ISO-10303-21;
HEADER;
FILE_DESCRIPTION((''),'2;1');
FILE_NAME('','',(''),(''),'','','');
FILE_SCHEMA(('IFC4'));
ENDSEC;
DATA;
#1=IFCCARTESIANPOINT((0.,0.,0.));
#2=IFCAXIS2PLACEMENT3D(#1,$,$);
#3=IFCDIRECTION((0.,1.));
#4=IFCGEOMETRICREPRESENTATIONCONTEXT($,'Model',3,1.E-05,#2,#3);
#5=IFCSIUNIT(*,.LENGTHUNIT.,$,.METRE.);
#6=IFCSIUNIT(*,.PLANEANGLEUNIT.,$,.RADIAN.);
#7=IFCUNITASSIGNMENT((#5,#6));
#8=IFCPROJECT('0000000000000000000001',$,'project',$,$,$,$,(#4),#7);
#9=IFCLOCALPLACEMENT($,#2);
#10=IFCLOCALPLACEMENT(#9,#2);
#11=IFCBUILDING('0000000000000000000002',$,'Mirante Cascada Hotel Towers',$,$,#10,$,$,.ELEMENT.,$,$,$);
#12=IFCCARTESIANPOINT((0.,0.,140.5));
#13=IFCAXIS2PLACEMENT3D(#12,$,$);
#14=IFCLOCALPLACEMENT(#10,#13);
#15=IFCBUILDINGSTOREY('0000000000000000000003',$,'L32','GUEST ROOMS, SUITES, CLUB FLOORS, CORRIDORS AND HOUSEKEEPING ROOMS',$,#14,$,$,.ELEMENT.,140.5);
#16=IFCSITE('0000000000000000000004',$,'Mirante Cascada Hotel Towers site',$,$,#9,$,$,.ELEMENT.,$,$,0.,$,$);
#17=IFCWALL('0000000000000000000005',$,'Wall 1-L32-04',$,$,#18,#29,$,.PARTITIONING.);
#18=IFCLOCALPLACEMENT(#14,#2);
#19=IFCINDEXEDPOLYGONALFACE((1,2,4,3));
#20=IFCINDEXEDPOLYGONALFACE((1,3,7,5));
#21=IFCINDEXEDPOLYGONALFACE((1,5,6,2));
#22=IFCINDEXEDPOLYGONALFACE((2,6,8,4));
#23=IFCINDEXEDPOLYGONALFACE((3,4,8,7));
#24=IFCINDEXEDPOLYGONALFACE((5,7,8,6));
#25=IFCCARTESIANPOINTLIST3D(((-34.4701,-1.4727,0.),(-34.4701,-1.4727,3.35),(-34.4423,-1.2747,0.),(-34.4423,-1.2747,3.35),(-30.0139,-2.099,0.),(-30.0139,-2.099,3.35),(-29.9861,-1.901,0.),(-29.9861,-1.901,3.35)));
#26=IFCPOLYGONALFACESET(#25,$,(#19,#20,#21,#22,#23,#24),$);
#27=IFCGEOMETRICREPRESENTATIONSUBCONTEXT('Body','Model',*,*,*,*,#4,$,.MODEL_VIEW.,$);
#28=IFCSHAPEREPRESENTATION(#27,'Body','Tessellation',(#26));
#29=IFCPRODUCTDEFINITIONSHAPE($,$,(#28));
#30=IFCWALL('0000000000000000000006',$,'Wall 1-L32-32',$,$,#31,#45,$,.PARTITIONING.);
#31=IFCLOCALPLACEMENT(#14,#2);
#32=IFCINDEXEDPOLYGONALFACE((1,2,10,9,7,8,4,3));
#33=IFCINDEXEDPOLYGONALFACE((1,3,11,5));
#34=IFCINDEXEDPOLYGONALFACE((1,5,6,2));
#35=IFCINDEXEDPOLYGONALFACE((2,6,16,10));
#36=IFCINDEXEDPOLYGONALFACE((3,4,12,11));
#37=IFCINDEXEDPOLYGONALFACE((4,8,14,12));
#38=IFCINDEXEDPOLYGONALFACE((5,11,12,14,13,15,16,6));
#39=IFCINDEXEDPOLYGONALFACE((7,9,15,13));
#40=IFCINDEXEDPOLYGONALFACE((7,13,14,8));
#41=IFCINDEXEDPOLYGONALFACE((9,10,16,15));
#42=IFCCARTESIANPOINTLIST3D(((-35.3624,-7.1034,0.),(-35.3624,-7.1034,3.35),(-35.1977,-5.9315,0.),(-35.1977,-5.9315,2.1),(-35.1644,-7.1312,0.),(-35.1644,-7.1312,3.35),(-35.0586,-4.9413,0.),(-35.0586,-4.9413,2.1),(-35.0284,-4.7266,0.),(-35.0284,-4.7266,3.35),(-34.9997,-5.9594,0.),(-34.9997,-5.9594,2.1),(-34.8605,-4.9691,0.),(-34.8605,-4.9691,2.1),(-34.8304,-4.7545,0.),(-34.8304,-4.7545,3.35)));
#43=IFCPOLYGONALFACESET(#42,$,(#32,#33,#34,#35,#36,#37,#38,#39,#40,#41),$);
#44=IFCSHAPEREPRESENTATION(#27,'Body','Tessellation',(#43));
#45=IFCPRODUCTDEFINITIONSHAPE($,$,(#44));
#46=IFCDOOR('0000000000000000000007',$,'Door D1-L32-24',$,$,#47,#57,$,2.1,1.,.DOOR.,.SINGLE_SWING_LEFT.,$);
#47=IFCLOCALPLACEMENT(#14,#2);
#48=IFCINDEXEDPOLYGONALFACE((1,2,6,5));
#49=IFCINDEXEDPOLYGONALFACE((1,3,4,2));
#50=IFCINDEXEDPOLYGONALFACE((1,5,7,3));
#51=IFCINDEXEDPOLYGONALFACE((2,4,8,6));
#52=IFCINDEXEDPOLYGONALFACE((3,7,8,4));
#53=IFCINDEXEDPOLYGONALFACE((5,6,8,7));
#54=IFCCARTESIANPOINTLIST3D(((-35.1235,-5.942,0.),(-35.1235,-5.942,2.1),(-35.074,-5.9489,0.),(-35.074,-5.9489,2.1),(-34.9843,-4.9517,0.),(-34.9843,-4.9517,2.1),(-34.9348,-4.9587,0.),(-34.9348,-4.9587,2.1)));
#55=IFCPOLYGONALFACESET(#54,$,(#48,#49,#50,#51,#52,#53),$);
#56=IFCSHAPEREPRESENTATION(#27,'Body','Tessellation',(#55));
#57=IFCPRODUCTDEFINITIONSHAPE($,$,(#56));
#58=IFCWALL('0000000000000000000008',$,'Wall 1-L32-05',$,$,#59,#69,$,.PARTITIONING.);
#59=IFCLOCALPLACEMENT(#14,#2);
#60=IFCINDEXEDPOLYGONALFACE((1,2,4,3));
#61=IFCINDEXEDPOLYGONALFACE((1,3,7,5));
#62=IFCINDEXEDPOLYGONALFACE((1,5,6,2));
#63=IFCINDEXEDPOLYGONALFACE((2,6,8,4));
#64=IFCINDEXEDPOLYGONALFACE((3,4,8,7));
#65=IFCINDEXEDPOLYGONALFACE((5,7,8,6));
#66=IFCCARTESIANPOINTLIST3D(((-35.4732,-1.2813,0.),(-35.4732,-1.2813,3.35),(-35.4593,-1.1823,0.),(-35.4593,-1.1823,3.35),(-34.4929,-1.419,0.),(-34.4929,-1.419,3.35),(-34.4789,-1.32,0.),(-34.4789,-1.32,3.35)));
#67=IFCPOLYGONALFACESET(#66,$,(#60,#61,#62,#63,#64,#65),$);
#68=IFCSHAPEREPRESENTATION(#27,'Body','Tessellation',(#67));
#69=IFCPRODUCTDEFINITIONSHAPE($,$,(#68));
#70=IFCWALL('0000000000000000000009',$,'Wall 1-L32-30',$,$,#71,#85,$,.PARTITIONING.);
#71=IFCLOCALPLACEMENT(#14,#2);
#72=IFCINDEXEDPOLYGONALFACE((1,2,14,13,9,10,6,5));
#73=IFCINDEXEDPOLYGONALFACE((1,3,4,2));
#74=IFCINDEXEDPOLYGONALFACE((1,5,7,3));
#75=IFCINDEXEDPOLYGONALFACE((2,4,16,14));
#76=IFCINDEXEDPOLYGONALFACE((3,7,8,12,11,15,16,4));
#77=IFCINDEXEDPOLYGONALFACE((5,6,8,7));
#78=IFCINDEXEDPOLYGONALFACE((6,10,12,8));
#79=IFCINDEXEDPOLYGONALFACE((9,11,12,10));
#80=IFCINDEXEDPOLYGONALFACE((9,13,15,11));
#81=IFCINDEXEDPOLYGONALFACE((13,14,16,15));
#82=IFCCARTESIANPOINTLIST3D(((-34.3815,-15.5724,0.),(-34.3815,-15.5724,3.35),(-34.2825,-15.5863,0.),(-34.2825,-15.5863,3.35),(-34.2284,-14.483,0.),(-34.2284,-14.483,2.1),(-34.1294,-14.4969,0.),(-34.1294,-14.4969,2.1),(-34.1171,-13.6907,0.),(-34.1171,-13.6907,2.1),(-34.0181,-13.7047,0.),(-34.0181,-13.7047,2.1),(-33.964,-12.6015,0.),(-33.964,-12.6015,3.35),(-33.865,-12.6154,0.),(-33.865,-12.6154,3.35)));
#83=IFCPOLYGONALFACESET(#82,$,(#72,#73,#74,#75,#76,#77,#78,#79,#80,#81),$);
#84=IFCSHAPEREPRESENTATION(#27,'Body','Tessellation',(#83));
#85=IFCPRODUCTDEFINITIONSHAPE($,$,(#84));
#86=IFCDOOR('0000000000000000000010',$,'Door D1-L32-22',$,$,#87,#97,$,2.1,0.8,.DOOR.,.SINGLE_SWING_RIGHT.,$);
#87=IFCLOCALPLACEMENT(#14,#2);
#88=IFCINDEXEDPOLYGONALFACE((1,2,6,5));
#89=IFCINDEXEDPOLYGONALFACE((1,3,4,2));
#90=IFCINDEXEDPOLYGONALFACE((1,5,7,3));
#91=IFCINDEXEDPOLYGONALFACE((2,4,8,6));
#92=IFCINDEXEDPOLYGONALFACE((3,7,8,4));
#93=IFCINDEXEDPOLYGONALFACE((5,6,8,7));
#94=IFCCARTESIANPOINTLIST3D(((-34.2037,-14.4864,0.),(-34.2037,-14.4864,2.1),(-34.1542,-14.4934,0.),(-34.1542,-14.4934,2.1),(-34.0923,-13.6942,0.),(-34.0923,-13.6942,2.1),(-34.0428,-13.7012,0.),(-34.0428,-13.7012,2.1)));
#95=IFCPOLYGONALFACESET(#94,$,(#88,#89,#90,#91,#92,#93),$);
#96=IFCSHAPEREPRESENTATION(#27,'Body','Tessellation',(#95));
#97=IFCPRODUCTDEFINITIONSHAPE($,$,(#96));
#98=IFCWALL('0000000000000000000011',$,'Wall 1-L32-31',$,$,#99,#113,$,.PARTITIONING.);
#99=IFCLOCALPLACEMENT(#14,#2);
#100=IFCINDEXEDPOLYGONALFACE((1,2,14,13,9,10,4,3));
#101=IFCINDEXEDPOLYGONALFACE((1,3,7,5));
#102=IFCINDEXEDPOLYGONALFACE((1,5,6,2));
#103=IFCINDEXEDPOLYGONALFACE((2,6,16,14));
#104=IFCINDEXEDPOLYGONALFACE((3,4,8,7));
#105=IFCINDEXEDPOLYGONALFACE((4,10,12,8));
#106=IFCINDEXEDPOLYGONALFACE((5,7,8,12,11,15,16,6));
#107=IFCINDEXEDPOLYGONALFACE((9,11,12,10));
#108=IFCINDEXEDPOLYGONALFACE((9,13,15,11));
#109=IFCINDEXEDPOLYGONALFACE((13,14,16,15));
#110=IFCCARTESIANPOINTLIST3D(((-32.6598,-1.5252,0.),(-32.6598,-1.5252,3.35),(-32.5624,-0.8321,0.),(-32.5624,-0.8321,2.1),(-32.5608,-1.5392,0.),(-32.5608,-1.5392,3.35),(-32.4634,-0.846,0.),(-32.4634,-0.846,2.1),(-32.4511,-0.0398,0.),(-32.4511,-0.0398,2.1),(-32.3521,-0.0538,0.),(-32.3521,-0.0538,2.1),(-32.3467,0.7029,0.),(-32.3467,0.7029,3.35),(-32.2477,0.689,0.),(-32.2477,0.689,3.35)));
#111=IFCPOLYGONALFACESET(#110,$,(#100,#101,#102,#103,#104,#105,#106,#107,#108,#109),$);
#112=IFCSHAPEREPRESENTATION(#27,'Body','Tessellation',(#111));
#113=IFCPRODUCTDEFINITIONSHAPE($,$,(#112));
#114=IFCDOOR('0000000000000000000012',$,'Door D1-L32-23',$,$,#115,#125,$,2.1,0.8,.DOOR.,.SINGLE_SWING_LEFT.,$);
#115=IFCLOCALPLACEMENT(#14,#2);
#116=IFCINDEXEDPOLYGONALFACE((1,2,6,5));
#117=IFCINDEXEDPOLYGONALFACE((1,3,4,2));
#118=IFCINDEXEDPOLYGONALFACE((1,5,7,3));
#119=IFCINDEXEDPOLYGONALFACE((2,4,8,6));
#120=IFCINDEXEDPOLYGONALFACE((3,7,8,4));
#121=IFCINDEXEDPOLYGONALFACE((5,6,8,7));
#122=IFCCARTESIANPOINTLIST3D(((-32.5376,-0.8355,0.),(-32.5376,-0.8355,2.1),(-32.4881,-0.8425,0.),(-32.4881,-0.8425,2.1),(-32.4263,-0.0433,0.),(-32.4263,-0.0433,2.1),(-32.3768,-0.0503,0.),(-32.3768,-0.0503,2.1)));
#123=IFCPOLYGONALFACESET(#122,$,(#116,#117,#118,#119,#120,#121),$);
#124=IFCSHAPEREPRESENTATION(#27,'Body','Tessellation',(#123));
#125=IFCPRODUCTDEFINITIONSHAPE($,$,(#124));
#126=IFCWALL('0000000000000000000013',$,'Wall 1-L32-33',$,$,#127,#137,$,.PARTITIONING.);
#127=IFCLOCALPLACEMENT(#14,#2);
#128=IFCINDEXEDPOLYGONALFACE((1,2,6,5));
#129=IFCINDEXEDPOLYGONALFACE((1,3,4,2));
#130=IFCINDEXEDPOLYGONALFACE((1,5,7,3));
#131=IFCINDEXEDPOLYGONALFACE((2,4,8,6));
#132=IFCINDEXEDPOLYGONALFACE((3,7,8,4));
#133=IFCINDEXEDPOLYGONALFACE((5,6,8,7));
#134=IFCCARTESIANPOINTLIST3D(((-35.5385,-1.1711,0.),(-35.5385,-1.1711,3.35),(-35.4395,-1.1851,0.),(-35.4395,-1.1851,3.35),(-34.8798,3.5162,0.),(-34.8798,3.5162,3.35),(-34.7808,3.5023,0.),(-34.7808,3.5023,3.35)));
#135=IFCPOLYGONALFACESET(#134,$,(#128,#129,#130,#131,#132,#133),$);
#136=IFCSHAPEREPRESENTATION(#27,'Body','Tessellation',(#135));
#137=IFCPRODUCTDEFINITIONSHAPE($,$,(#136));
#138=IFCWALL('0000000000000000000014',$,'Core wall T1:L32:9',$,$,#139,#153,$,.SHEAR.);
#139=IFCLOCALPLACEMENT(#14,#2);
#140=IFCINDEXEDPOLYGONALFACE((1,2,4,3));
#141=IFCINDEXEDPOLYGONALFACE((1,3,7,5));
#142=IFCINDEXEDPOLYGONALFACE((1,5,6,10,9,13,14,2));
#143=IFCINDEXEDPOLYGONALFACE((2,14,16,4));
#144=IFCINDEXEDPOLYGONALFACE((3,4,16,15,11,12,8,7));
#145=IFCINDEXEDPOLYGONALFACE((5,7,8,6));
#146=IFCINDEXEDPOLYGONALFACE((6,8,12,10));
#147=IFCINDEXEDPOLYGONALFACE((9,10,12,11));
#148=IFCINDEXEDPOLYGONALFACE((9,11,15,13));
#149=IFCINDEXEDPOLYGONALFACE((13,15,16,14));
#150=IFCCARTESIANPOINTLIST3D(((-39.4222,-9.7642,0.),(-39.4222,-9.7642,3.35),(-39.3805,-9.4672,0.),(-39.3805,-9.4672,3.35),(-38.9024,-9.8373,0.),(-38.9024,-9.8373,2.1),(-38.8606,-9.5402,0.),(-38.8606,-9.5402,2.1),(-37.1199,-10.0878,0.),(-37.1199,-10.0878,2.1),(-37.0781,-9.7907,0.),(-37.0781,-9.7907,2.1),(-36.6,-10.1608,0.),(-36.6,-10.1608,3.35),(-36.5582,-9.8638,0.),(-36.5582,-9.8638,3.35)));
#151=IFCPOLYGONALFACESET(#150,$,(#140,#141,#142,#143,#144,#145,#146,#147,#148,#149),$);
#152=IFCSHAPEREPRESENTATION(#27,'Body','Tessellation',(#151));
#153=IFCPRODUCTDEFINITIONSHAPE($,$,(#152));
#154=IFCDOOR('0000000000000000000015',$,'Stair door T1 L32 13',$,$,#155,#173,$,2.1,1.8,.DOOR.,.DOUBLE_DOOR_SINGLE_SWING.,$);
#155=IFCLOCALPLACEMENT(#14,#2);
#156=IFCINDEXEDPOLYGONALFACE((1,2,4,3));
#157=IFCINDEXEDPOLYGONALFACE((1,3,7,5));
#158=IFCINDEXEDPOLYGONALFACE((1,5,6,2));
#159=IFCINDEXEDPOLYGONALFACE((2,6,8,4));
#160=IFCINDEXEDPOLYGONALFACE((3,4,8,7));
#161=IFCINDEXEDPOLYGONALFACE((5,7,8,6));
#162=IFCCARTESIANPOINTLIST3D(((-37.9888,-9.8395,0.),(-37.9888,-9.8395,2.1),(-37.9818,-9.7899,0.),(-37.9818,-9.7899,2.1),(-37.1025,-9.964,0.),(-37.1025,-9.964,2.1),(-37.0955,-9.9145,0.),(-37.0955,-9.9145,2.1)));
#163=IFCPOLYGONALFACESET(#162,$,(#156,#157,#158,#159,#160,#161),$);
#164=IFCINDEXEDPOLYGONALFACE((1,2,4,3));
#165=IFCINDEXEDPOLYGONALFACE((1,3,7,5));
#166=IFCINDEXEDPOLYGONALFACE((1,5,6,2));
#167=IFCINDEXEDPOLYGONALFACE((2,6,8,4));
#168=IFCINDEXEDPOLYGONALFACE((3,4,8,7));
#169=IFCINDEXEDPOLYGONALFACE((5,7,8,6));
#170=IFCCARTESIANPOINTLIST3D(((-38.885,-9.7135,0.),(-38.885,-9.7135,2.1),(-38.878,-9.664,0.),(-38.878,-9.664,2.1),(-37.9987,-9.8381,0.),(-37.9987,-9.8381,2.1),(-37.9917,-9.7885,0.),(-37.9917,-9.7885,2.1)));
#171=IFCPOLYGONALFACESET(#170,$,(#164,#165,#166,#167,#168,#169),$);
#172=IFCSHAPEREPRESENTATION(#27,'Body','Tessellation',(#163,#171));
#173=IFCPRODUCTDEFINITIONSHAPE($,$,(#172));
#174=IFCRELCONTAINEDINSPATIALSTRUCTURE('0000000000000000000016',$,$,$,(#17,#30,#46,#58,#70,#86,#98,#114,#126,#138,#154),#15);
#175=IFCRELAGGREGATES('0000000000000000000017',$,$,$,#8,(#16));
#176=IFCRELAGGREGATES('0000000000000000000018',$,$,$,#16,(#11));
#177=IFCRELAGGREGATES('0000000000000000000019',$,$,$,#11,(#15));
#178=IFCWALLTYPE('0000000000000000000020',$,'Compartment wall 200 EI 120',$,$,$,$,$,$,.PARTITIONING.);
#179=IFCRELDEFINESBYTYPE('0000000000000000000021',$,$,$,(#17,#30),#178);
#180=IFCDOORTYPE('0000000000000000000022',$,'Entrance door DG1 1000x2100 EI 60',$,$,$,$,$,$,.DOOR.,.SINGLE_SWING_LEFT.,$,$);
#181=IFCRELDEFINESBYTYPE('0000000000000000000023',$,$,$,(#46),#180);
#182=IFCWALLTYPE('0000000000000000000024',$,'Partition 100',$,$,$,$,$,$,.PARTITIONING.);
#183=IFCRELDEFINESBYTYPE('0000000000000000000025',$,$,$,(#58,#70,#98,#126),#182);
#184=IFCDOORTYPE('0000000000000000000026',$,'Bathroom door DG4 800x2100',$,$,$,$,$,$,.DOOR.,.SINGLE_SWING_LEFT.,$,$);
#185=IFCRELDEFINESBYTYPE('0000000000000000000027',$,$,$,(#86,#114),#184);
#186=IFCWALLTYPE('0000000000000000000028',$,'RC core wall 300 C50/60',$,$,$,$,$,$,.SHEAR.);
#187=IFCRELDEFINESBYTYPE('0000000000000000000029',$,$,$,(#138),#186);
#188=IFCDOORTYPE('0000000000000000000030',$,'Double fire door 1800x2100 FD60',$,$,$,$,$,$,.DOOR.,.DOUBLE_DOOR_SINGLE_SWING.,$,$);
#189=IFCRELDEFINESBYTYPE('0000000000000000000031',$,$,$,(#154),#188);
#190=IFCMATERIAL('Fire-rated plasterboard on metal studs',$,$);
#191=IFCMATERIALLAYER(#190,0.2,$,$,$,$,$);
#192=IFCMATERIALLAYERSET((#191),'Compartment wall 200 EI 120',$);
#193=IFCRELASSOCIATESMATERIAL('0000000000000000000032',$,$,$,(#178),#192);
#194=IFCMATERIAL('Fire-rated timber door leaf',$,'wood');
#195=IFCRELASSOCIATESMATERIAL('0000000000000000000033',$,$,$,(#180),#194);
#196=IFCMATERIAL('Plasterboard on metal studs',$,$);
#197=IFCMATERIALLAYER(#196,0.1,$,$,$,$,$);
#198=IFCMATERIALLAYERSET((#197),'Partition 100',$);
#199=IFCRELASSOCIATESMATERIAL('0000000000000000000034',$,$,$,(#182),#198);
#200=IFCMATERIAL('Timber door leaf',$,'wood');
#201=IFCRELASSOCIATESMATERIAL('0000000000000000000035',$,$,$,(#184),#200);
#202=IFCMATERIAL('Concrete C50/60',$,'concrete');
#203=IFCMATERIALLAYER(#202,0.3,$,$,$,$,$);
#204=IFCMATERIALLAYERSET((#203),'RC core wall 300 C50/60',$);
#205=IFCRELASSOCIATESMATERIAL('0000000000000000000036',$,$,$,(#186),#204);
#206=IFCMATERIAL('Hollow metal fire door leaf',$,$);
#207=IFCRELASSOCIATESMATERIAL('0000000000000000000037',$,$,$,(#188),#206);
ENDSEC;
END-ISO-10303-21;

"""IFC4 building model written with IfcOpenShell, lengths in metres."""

from ifc_helpers import new_model, si_unit, direction, frame, frame_2d, origin, place, context, subcontext, project, spatial, rectangle, extrude, material, layer, layer_set, type_object, element, fill, save


model = new_model("IFC4")

# Units and contexts
model_context = context("Model", 3, precision=1e-05, world=origin(), true_north=direction((0.0, 1.0)))
body_context = subcontext(model_context, "Body", "Model", "MODEL_VIEW")
ifc_project = project(units=[si_unit("LENGTHUNIT", "METRE"), si_unit("PLANEANGLEUNIT", "RADIAN")], contexts=[model_context])

# Site, building, storey
site_placement = place(None, origin())
site = spatial("IfcSite", under=ifc_project, at=site_placement, Name="Mirante Cascada Hotel Towers site", CompositionType="ELEMENT", RefElevation=0.0)
building_placement = place(site_placement, origin())
building = spatial("IfcBuilding", under=site, at=building_placement, Name="Mirante Cascada Hotel Towers", CompositionType="ELEMENT")
storey_placement = place(building_placement, frame((0.0, 0.0, 140.5)))
storey = spatial("IfcBuildingStorey", under=building, at=storey_placement, Name="L32", Description="GUEST ROOMS, SUITES, CLUB FLOORS, CORRIDORS AND HOUSEKEEPING ROOMS", CompositionType="ELEMENT", Elevation=140.5)

# Wall
ifc_material_1 = material(Name="Fire-rated plasterboard on metal studs")
ifc_layer_1 = layer(ifc_material_1, 0.2)
ifc_layer_set_1 = layer_set([ifc_layer_1], Name="Compartment wall 200 EI 120")
wall_type_1 = type_object("IfcWallType", Name="Compartment wall 200 EI 120", PredefinedType="PARTITIONING", material=ifc_layer_set_1)
wall_1_placement = place(storey_placement, frame((-34.4562, -1.3737, 0.0), z_axis=(0.0, 0.0, 1.0), x_axis=(0.990267, -0.139178, 0.0)))
element("IfcWall", 1, at=wall_1_placement, inside=storey, type_object=wall_type_1, Name="Wall 1-L32-04", PredefinedType="PARTITIONING", context=body_context, shape_type="SweptSolid", body=[
    extrude(rectangle(XDim=4.5, YDim=0.2, at=frame_2d((2.25, 0.0))), origin(), (0.0, 0.0, 1.0), 3.35),
])

# Wall, opening, door
wall_2_placement = place(storey_placement, frame((-34.9294, -4.7406, 0.0), z_axis=(0.0, 0.0, 1.0), x_axis=(-0.139163, -0.990269, 0.0)))
wall_2 = element("IfcWall", 2, at=wall_2_placement, inside=storey, type_object=wall_type_1, Name="Wall 1-L32-32", PredefinedType="PARTITIONING", context=body_context, shape_type="SweptSolid", body=[
    extrude(rectangle(XDim=2.4001, YDim=0.2, at=frame_2d((1.2, 0.0))), origin(), (0.0, 0.0, 1.0), 3.35),
])
opening_1_placement = place(wall_2_placement, frame((0.2167, 0.0, 0.0)))
opening_1 = element("IfcOpeningElement", 3, at=opening_1_placement, cuts=wall_2, PredefinedType="OPENING", context=body_context, shape_type="SweptSolid", body=[
    extrude(rectangle(XDim=1.0, YDim=2.1, at=frame_2d((0.5, 1.05))), frame((0.0, 0.1, 0.0), z_axis=(0.0, -1.0, 0.0), x_axis=(1.0, 0.0, 0.0)), (0.0, 0.0, 1.0), 0.2),
])
ifc_material_2 = material(Name="Fire-rated timber door leaf", Category="wood")
door_type_1 = type_object("IfcDoorType", Name="Entrance door DG1 1000x2100 EI 60", OperationType="SINGLE_SWING_LEFT", PredefinedType="DOOR", material=ifc_material_2)
door_1_placement = place(opening_1_placement, origin())
door_1 = element("IfcDoor", 4, at=door_1_placement, inside=storey, type_object=door_type_1, Name="Door D1-L32-24", OperationType="SINGLE_SWING_LEFT", OverallHeight=2.1, OverallWidth=1.0, PredefinedType="DOOR", context=body_context, shape_type="SweptSolid", body=[
    extrude(rectangle(XDim=1.0, YDim=2.1, at=frame_2d((0.5, 1.05))), frame((0.0, 0.025, 0.0), z_axis=(0.0, -1.0, 0.0), x_axis=(1.0, 0.0, 0.0)), (0.0, 0.0, 1.0), 0.05),
])
fill(opening_1, door_1)

# Wall
ifc_material_3 = material(Name="Plasterboard on metal studs")
ifc_layer_2 = layer(ifc_material_3, 0.1)
ifc_layer_set_2 = layer_set([ifc_layer_2], Name="Partition 100")
wall_type_2 = type_object("IfcWallType", Name="Partition 100", PredefinedType="PARTITIONING", material=ifc_layer_set_2)
wall_3_placement = place(storey_placement, frame((-34.4859, -1.3695, 0.0), z_axis=(0.0, 0.0, 1.0), x_axis=(-0.99028, 0.139088, 0.0)))
element("IfcWall", 5, at=wall_3_placement, inside=storey, type_object=wall_type_2, Name="Wall 1-L32-05", PredefinedType="PARTITIONING", context=body_context, shape_type="SweptSolid", body=[
    extrude(rectangle(XDim=0.99, YDim=0.1, at=frame_2d((0.495, 0.0))), origin(), (0.0, 0.0, 1.0), 3.35),
])

# Walls, openings, doors
wall_4_placement = place(storey_placement, frame((-33.9145, -12.6084, 0.0), z_axis=(0.0, 0.0, 1.0), x_axis=(-0.139162, -0.99027, 0.0)))
wall_4 = element("IfcWall", 6, at=wall_4_placement, inside=storey, type_object=wall_type_2, Name="Wall 1-L32-30", PredefinedType="PARTITIONING", context=body_context, shape_type="SweptSolid", body=[
    extrude(rectangle(XDim=3.0001, YDim=0.1, at=frame_2d((1.5001, 0.0))), origin(), (0.0, 0.0, 1.0), 3.35),
])
opening_2_placement = place(wall_4_placement, frame((1.1, 0.0, 0.0)))
opening_2 = element("IfcOpeningElement", 7, at=opening_2_placement, cuts=wall_4, PredefinedType="OPENING", context=body_context, shape_type="SweptSolid", body=[
    extrude(rectangle(XDim=0.8, YDim=2.1, at=frame_2d((0.4, 1.05))), frame((0.0, 0.05, 0.0), z_axis=(0.0, -1.0, 0.0), x_axis=(1.0, 0.0, 0.0)), (0.0, 0.0, 1.0), 0.1),
])
ifc_material_4 = material(Name="Timber door leaf", Category="wood")
door_type_2 = type_object("IfcDoorType", Name="Bathroom door DG4 800x2100", OperationType="SINGLE_SWING_LEFT", PredefinedType="DOOR", material=ifc_material_4)
door_2_placement = place(opening_2_placement, frame((0.8, 0.0, 0.0), z_axis=(0.0, 0.0, 1.0), x_axis=(-1.0, 0.0, 0.0)))
door_2 = element("IfcDoor", 8, at=door_2_placement, inside=storey, type_object=door_type_2, Name="Door D1-L32-22", OperationType="SINGLE_SWING_RIGHT", OverallHeight=2.1, OverallWidth=0.8, PredefinedType="DOOR", context=body_context, shape_type="SweptSolid", body=[
    extrude(rectangle(XDim=0.8, YDim=2.1, at=frame_2d((0.4, 1.05))), frame((0.0, 0.025, 0.0), z_axis=(0.0, -1.0, 0.0), x_axis=(1.0, 0.0, 0.0)), (0.0, 0.0, 1.0), 0.05),
])
fill(opening_2, door_2)
wall_5_placement = place(storey_placement, frame((-32.6103, -1.5322, 0.0), z_axis=(0.0, 0.0, 1.0), x_axis=(0.139156, 0.990271, 0.0)))
wall_5 = element("IfcWall", 9, at=wall_5_placement, inside=storey, type_object=wall_type_2, Name="Wall 1-L32-31", PredefinedType="PARTITIONING", context=body_context, shape_type="SweptSolid", body=[
    extrude(rectangle(XDim=2.25, YDim=0.1, at=frame_2d((1.125, 0.0))), origin(), (0.0, 0.0, 1.0), 3.35),
])
opening_3_placement = place(wall_5_placement, frame((0.7, 0.0, 0.0)))
opening_3 = element("IfcOpeningElement", 10, at=opening_3_placement, cuts=wall_5, PredefinedType="OPENING", context=body_context, shape_type="SweptSolid", body=[
    extrude(rectangle(XDim=0.8, YDim=2.1, at=frame_2d((0.4, 1.05))), frame((0.0, 0.05, 0.0), z_axis=(0.0, -1.0, 0.0), x_axis=(1.0, 0.0, 0.0)), (0.0, 0.0, 1.0), 0.1),
])
door_3_placement = place(opening_3_placement, origin())
door_3 = element("IfcDoor", 11, at=door_3_placement, inside=storey, type_object=door_type_2, Name="Door D1-L32-23", OperationType="SINGLE_SWING_LEFT", OverallHeight=2.1, OverallWidth=0.8, PredefinedType="DOOR", context=body_context, shape_type="SweptSolid", body=[
    extrude(rectangle(XDim=0.8, YDim=2.1, at=frame_2d((0.4, 1.05))), frame((0.0, 0.025, 0.0), z_axis=(0.0, -1.0, 0.0), x_axis=(1.0, 0.0, 0.0)), (0.0, 0.0, 1.0), 0.05),
])
fill(opening_3, door_3)

# Wall
wall_6_placement = place(storey_placement, frame((-35.489, -1.1781, 0.0), z_axis=(0.0, 0.0, 1.0), x_axis=(0.139161, 0.99027, 0.0)))
element("IfcWall", 12, at=wall_6_placement, inside=storey, type_object=wall_type_2, Name="Wall 1-L32-33", PredefinedType="PARTITIONING", context=body_context, shape_type="SweptSolid", body=[
    extrude(rectangle(XDim=4.7334, YDim=0.1, at=frame_2d((2.3667, 0.0))), origin(), (0.0, 0.0, 1.0), 3.35),
])

# Wall, opening, door
ifc_material_5 = material(Name="Concrete C50/60", Category="concrete")
ifc_layer_3 = layer(ifc_material_5, 0.3)
ifc_layer_set_3 = layer_set([ifc_layer_3], Name="RC core wall 300 C50/60")
wall_type_3 = type_object("IfcWallType", Name="RC core wall 300 C50/60", PredefinedType="SHEAR", material=ifc_layer_set_3)
wall_7_placement = place(storey_placement, frame((-36.5791, -10.0123, 0.0), z_axis=(0.0, 0.0, 1.0), x_axis=(-0.99027, 0.139156, 0.0)))
wall_7 = element("IfcWall", 13, at=wall_7_placement, inside=storey, type_object=wall_type_3, Name="Core wall T1:L32:9", PredefinedType="SHEAR", context=body_context, shape_type="SweptSolid", body=[
    extrude(rectangle(XDim=2.85, YDim=0.3, at=frame_2d((1.425, 0.0))), origin(), (0.0, 0.0, 1.0), 3.35),
])
opening_4_placement = place(wall_7_placement, frame((0.525, 0.0, 0.0)))
opening_4 = element("IfcOpeningElement", 14, at=opening_4_placement, cuts=wall_7, PredefinedType="OPENING", context=body_context, shape_type="SweptSolid", body=[
    extrude(rectangle(XDim=1.8, YDim=2.1, at=frame_2d((0.9, 1.05))), frame((0.0, 0.15, 0.0), z_axis=(0.0, -1.0, 0.0), x_axis=(1.0, 0.0, 0.0)), (0.0, 0.0, 1.0), 0.3),
])
ifc_material_6 = material(Name="Hollow metal fire door leaf")
door_type_3 = type_object("IfcDoorType", Name="Double fire door 1800x2100 FD60", OperationType="DOUBLE_DOOR_SINGLE_SWING", PredefinedType="DOOR", material=ifc_material_6)
door_4_placement = place(opening_4_placement, origin())
door_4 = element("IfcDoor", 15, at=door_4_placement, inside=storey, type_object=door_type_3, Name="Stair door T1 L32 13", OperationType="DOUBLE_DOOR_SINGLE_SWING", OverallHeight=2.1, OverallWidth=1.8, PredefinedType="DOOR", context=body_context, shape_type="SweptSolid", body=[
    extrude(rectangle(XDim=0.895, YDim=2.1, at=frame_2d((0.4475, 1.05))), frame((0.0, 0.025, 0.0), z_axis=(0.0, -1.0, 0.0), x_axis=(1.0, 0.0, 0.0)), (0.0, 0.0, 1.0), 0.05),
    extrude(rectangle(XDim=0.895, YDim=2.1, at=frame_2d((1.3525, 1.05))), frame((0.0, 0.025, 0.0), z_axis=(0.0, -1.0, 0.0), x_axis=(1.0, 0.0, 0.0)), (0.0, 0.0, 1.0), 0.05),
])
fill(opening_4, door_4)

save(model, "model.ifc")
